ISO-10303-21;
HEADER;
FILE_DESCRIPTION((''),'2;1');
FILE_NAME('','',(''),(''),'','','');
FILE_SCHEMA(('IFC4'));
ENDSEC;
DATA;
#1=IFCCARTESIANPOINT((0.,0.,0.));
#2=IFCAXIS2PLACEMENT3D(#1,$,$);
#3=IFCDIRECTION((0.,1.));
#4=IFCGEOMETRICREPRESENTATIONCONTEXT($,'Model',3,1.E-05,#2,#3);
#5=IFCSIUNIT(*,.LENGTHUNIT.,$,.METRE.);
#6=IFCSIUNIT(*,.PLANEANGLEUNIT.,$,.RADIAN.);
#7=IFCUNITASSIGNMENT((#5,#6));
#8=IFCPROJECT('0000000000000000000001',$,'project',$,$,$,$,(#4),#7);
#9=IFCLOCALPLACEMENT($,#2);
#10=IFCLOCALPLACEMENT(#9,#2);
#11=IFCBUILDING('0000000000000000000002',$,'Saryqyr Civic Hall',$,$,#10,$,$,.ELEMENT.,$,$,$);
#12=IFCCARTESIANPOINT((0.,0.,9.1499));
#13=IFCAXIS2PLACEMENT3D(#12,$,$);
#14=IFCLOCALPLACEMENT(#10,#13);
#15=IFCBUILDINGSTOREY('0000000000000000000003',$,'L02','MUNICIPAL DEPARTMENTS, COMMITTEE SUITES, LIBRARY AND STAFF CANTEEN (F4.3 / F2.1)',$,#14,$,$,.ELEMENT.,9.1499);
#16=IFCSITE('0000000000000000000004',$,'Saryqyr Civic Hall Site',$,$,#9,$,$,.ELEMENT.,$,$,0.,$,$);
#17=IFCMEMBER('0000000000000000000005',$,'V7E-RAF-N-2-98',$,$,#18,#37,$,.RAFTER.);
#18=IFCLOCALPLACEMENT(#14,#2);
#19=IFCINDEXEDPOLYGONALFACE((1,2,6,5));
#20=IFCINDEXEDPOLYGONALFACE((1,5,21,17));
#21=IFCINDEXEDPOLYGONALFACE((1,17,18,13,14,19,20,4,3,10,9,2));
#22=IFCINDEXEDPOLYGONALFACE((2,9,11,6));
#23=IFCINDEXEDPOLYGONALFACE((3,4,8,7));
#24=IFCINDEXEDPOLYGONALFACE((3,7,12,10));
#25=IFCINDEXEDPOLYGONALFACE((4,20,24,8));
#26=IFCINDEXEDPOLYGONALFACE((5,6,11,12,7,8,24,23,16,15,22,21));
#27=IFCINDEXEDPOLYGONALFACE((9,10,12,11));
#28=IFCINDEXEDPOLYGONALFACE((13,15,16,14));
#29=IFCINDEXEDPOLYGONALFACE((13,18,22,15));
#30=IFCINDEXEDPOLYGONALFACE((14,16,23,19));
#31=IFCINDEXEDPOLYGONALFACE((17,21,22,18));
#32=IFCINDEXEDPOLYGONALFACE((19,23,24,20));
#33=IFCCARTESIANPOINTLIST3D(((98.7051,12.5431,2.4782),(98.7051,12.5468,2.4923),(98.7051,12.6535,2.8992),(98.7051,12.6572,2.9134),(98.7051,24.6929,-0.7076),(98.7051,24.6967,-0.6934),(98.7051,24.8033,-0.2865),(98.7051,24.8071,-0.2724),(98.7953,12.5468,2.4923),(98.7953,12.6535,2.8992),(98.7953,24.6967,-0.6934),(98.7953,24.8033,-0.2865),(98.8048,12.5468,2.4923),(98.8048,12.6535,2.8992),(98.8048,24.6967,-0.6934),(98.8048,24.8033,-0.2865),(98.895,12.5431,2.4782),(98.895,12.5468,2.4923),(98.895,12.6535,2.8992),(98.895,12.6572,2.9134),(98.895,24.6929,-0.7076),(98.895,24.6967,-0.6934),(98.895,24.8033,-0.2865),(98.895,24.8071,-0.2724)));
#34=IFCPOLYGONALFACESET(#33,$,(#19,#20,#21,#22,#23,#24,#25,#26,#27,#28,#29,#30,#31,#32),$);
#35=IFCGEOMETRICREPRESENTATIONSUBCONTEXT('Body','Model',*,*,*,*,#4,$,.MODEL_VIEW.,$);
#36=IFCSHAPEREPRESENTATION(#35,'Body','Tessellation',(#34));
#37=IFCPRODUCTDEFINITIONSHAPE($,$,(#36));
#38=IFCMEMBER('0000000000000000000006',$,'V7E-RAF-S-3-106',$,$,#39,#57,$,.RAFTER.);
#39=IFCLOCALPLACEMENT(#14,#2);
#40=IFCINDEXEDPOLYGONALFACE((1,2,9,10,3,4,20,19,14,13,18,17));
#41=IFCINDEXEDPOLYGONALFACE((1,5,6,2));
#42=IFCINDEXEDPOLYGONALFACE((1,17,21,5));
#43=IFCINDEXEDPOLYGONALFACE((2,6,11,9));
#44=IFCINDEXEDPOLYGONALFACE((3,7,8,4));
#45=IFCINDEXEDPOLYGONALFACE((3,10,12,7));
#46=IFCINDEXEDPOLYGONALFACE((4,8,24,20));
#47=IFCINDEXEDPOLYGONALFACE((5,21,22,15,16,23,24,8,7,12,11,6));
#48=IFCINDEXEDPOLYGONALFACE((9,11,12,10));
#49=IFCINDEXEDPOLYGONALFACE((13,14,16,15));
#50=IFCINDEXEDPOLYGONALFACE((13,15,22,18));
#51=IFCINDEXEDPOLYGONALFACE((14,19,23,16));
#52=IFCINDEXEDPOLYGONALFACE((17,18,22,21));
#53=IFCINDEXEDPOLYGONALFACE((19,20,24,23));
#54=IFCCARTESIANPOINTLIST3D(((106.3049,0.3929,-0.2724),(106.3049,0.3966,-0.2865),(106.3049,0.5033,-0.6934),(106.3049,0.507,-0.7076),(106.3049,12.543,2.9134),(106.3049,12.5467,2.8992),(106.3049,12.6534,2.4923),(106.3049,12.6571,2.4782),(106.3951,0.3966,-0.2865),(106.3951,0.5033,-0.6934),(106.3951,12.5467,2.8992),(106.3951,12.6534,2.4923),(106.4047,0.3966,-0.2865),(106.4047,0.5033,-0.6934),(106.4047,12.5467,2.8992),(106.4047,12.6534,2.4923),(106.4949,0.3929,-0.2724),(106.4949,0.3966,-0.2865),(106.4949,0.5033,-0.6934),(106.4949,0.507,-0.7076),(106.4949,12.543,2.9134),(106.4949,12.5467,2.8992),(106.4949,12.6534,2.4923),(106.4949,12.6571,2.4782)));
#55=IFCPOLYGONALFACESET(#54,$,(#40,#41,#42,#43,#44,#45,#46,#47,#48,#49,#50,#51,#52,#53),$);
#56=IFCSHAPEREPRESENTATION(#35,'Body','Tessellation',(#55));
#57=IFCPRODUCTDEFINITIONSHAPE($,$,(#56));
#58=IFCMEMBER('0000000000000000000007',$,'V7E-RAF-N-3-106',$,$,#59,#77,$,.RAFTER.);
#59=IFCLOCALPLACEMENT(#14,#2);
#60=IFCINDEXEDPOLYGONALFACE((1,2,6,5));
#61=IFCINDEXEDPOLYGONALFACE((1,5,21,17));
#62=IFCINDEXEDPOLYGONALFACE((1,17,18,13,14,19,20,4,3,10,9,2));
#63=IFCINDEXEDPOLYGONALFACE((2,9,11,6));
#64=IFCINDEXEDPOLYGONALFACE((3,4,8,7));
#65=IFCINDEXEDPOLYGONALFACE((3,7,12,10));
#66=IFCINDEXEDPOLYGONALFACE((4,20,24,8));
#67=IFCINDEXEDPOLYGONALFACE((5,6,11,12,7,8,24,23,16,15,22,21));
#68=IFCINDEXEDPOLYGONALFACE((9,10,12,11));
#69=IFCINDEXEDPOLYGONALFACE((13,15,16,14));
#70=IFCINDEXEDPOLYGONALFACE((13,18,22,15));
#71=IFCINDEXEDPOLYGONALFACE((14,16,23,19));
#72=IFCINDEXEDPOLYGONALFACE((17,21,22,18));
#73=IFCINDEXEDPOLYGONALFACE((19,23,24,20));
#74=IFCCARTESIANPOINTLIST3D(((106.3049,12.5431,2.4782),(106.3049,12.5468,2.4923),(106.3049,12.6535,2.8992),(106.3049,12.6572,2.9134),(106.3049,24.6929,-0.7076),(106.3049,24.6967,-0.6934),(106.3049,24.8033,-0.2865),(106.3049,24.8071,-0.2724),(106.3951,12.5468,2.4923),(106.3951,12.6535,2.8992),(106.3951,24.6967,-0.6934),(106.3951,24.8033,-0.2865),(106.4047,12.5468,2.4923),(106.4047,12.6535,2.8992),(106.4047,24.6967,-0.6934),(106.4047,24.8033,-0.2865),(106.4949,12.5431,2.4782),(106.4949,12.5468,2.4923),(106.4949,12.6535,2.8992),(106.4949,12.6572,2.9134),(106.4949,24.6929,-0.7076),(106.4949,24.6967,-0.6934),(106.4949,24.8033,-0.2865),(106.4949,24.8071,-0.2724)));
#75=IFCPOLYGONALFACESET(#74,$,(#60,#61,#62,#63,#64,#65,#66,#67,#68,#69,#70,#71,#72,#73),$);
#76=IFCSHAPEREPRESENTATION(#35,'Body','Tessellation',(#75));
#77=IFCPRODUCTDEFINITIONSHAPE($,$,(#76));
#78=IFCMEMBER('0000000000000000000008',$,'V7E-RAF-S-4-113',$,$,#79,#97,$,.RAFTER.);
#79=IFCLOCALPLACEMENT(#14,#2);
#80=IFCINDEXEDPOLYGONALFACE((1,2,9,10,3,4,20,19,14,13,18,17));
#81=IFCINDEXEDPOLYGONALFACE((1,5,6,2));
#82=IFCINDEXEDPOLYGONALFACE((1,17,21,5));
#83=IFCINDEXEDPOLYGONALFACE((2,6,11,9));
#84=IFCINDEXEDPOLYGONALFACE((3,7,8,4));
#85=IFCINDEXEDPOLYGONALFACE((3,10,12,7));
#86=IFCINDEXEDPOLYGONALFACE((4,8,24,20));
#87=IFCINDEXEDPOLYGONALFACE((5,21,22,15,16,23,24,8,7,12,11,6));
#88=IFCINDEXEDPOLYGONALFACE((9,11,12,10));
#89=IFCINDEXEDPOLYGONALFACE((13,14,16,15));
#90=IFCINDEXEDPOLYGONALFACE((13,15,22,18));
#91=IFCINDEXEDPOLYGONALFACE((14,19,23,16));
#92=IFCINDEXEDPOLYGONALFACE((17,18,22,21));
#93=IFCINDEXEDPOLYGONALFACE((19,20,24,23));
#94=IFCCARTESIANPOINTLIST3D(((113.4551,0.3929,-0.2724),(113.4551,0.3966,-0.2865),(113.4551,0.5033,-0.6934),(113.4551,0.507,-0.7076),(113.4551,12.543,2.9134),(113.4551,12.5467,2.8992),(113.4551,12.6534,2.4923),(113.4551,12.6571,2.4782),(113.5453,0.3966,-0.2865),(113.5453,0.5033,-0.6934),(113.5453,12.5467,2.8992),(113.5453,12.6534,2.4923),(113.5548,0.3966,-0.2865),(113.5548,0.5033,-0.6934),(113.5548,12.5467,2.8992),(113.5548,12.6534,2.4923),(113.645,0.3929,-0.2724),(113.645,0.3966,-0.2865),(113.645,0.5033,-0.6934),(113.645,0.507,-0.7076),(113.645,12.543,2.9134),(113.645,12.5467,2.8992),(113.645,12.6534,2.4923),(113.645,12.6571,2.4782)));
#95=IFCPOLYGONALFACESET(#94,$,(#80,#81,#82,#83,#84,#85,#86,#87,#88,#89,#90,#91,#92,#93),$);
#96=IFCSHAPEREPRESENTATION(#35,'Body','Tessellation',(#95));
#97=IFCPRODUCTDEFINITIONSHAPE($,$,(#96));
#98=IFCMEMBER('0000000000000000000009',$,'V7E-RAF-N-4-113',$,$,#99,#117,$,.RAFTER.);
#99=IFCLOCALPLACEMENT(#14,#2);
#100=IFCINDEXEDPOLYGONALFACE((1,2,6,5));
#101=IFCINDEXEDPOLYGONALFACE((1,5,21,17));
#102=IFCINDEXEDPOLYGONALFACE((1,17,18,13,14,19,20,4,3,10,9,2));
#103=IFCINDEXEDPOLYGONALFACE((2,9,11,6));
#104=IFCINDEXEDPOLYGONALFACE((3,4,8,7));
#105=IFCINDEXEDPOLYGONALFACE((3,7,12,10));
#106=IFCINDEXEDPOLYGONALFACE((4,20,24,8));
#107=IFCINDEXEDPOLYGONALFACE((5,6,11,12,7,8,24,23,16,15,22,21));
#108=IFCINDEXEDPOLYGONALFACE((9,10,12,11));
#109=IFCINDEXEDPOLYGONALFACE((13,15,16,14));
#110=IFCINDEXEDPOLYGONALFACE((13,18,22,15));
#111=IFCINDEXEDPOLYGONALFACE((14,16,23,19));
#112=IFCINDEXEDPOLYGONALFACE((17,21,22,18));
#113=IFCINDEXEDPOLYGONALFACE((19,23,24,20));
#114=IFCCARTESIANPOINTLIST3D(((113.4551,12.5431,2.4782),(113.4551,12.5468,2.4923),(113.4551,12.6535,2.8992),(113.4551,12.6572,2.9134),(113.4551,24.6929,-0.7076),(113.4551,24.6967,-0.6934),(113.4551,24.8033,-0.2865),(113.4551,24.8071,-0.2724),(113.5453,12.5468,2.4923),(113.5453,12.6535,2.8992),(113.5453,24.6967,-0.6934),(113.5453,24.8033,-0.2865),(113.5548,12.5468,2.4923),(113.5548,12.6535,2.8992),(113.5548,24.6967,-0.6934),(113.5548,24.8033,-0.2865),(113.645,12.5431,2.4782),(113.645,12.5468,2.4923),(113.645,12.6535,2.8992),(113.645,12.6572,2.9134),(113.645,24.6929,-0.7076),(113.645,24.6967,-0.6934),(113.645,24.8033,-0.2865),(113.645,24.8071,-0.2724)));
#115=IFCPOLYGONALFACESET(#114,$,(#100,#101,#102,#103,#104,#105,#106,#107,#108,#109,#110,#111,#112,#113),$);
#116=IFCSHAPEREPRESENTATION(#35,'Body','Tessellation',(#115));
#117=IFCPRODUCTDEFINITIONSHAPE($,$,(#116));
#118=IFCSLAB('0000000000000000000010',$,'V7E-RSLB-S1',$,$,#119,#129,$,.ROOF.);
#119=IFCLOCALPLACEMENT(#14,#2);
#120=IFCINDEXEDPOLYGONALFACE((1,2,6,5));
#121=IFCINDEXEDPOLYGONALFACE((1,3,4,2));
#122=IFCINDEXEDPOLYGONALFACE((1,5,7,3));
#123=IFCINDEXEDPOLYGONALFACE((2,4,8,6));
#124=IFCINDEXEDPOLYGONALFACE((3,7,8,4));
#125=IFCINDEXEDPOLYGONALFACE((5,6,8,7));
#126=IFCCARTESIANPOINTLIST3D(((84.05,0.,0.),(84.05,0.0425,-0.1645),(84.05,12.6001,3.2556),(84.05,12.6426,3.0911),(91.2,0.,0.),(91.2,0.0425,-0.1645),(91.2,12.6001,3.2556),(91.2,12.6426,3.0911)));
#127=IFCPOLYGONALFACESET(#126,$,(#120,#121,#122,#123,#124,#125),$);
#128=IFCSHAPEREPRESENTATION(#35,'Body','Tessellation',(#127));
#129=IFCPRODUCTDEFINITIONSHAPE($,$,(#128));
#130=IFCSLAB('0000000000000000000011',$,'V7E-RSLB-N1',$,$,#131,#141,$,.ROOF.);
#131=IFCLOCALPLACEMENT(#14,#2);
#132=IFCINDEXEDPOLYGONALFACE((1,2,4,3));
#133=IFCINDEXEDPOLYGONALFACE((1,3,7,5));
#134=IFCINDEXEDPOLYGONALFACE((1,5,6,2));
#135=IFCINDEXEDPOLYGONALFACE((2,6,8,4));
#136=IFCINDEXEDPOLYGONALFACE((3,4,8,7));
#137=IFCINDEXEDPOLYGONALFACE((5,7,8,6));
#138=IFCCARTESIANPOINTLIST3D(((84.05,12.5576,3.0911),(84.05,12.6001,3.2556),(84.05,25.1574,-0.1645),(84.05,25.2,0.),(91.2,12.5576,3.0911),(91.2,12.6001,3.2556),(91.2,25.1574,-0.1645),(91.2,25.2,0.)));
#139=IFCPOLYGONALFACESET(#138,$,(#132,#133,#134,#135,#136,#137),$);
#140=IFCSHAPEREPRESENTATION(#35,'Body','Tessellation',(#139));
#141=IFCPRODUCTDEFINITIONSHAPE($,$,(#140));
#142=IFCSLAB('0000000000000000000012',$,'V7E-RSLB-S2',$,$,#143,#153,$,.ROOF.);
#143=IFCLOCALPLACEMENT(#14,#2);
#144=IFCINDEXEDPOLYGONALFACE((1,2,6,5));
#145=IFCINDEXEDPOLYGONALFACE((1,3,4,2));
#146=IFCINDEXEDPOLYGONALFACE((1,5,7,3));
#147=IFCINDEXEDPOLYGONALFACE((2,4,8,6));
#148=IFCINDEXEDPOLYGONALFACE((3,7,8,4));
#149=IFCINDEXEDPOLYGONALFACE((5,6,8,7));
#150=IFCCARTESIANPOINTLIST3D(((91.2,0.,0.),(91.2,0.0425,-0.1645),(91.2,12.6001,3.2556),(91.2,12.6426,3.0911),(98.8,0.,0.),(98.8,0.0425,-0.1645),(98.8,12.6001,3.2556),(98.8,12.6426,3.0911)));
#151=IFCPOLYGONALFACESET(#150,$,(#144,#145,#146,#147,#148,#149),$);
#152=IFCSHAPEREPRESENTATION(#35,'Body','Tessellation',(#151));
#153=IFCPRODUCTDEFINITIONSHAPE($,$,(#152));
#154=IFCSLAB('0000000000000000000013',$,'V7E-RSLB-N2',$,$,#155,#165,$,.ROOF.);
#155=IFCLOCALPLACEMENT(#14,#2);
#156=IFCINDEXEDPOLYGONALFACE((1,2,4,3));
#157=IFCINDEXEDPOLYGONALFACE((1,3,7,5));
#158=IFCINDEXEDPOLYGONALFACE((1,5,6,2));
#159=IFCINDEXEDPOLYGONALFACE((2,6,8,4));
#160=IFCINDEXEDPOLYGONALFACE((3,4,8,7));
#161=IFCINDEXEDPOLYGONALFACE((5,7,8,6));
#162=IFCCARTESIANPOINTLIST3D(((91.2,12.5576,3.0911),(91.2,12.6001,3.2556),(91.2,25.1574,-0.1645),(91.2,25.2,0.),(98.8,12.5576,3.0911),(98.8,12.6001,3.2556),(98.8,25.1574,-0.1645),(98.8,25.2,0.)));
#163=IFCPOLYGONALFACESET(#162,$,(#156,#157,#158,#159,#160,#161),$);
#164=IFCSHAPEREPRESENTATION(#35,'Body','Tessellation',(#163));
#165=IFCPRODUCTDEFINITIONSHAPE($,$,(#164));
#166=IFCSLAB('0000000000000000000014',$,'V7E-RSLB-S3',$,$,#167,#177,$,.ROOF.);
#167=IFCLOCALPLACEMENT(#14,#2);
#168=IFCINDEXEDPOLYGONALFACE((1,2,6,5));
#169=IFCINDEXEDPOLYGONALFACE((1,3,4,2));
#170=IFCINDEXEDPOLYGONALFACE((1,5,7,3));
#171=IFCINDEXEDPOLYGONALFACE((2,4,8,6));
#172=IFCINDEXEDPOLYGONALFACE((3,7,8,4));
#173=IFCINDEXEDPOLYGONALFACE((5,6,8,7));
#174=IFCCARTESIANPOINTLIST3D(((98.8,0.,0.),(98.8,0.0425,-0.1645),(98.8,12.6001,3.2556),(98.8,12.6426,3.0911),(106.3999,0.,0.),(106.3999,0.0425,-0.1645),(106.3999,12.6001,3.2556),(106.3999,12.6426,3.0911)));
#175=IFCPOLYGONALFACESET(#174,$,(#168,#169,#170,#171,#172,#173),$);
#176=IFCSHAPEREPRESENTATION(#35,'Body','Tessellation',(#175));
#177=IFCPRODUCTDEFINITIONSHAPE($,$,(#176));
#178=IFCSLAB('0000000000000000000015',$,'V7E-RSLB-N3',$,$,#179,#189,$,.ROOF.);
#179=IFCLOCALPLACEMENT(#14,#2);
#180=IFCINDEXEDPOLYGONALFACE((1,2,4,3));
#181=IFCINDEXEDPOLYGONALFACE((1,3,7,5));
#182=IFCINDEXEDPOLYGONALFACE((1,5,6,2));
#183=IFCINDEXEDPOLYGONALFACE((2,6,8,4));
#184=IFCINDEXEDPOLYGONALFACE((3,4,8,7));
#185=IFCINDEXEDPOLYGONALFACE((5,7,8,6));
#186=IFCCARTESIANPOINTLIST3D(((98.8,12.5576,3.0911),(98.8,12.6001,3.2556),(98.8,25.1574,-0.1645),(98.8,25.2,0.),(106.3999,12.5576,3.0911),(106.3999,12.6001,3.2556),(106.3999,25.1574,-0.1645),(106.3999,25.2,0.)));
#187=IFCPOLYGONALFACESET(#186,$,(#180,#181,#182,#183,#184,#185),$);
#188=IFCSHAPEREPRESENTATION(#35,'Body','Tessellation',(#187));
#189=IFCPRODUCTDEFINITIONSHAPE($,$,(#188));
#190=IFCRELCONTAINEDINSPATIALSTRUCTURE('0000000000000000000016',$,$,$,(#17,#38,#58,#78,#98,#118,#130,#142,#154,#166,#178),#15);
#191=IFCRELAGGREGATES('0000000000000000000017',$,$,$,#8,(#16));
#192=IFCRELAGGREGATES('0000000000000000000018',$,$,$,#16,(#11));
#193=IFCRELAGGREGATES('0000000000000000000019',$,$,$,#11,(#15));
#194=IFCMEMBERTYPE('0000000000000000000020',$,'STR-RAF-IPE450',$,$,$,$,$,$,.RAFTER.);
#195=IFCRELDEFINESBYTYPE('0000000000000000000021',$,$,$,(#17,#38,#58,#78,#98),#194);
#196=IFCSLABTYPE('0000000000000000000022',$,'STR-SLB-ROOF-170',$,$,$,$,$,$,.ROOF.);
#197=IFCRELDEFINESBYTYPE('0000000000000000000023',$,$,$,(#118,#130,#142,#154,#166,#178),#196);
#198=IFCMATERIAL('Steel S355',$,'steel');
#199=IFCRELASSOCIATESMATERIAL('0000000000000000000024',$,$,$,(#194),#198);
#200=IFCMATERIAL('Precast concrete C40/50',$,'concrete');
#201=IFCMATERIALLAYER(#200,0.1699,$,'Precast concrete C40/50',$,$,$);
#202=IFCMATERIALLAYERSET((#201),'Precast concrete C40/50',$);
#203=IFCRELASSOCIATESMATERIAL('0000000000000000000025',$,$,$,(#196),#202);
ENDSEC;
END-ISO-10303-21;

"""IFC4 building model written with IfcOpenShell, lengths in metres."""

from ifc_helpers import new_model, si_unit, direction, frame, origin, origin_2d, place, context, subcontext, project, spatial, polyline, i_section, outline, extrude, material, layer, layer_set, material_profile, profile_set, type_object, element, save


model = new_model("IFC4")

# Units and contexts
model_context = context("Model", 3, precision=1e-05, world=origin(), true_north=direction((0.0, 1.0)))
body_context = subcontext(model_context, "Body", "Model", "MODEL_VIEW")
ifc_project = project(units=[si_unit("LENGTHUNIT", "METRE"), si_unit("PLANEANGLEUNIT", "RADIAN")], contexts=[model_context])

# Site, building, storey
site_placement = place(None, origin())
site = spatial("IfcSite", under=ifc_project, at=site_placement, Name="Saryqyr Civic Hall Site", CompositionType="ELEMENT", RefElevation=0.0)
building_placement = place(site_placement, origin())
building = spatial("IfcBuilding", under=site, at=building_placement, Name="Saryqyr Civic Hall", CompositionType="ELEMENT")
storey_placement = place(building_placement, frame((0.0, 0.0, 9.1499)))
storey = spatial("IfcBuildingStorey", under=building, at=storey_placement, Name="L02", Description="MUNICIPAL DEPARTMENTS, COMMITTEE SUITES, LIBRARY AND STAFF CANTEEN (F4.3 / F2.1)", CompositionType="ELEMENT", Elevation=9.1499)

# Members
ifc_material_1 = material(Name="Steel S355", Category="steel")
ifc_material_profile_1 = material_profile(ifc_material_1, i_section(OverallWidth=0.1899, OverallDepth=0.45, WebThickness=0.0095, FlangeThickness=0.0146, at=origin_2d()), Name="IPE 450")
ifc_profile_set_1 = profile_set([ifc_material_profile_1], Name="Steel S355")
member_type_1 = type_object("IfcMemberType", Name="STR-RAF-IPE450", PredefinedType="RAFTER", material=ifc_profile_set_1)
member_1_placement = place(storey_placement, frame((98.8, 24.75, -0.49), z_axis=(0.0, -0.9673, 0.253633), x_axis=(1.0, 0.0, 0.0)))
element("IfcMember", 1, at=member_1_placement, inside=storey, type_object=member_type_1, Name="V7E-RAF-N-2-98", PredefinedType="RAFTER", context=body_context, shape_type="SweptSolid", body=[
    extrude(i_section(OverallWidth=0.1899, OverallDepth=0.45, WebThickness=0.0095, FlangeThickness=0.0146, at=origin_2d()), origin(), (0.0, 0.0, 1.0), 12.5605),
])
member_2_placement = place(storey_placement, frame((106.3999, 0.45, -0.49), z_axis=(0.0, 0.967302, 0.253628), x_axis=(-1.0, 0.0, 0.0)))
element("IfcMember", 2, at=member_2_placement, inside=storey, type_object=member_type_1, Name="V7E-RAF-S-3-106", PredefinedType="RAFTER", context=body_context, shape_type="SweptSolid", body=[
    extrude(i_section(OverallWidth=0.1899, OverallDepth=0.45, WebThickness=0.0095, FlangeThickness=0.0146, at=origin_2d()), origin(), (0.0, 0.0, 1.0), 12.5608),
])
member_3_placement = place(storey_placement, frame((106.3999, 24.75, -0.49), z_axis=(0.0, -0.9673, 0.253633), x_axis=(1.0, 0.0, 0.0)))
element("IfcMember", 3, at=member_3_placement, inside=storey, type_object=member_type_1, Name="V7E-RAF-N-3-106", PredefinedType="RAFTER", context=body_context, shape_type="SweptSolid", body=[
    extrude(i_section(OverallWidth=0.1899, OverallDepth=0.45, WebThickness=0.0095, FlangeThickness=0.0146, at=origin_2d()), origin(), (0.0, 0.0, 1.0), 12.5605),
])
member_4_placement = place(storey_placement, frame((113.55, 0.45, -0.49), z_axis=(0.0, 0.967302, 0.253628), x_axis=(-1.0, 0.0, 0.0)))
element("IfcMember", 4, at=member_4_placement, inside=storey, type_object=member_type_1, Name="V7E-RAF-S-4-113", PredefinedType="RAFTER", context=body_context, shape_type="SweptSolid", body=[
    extrude(i_section(OverallWidth=0.1899, OverallDepth=0.45, WebThickness=0.0095, FlangeThickness=0.0146, at=origin_2d()), origin(), (0.0, 0.0, 1.0), 12.5608),
])
member_5_placement = place(storey_placement, frame((113.55, 24.75, -0.49), z_axis=(0.0, -0.9673, 0.253633), x_axis=(1.0, 0.0, 0.0)))
element("IfcMember", 5, at=member_5_placement, inside=storey, type_object=member_type_1, Name="V7E-RAF-N-4-113", PredefinedType="RAFTER", context=body_context, shape_type="SweptSolid", body=[
    extrude(i_section(OverallWidth=0.1899, OverallDepth=0.45, WebThickness=0.0095, FlangeThickness=0.0146, at=origin_2d()), origin(), (0.0, 0.0, 1.0), 12.5605),
])

# Slabs
ifc_material_2 = material(Name="Precast concrete C40/50", Category="concrete")
ifc_layer_1 = layer(ifc_material_2, 0.1699, Name="Precast concrete C40/50")
ifc_layer_set_1 = layer_set([ifc_layer_1], Name="Precast concrete C40/50")
slab_type = type_object("IfcSlabType", Name="STR-SLB-ROOF-170", PredefinedType="ROOF", material=ifc_layer_set_1)
slab_1_placement = place(storey_placement, frame((84.05, 0.0, 0.0), z_axis=(0.0, -0.250165, 0.968203), x_axis=(1.0, 0.0, 0.0)))
element("IfcSlab", 6, at=slab_1_placement, inside=storey, type_object=slab_type, Name="V7E-RSLB-S1", PredefinedType="ROOF", context=body_context, shape_type="SweptSolid", body=[
    extrude(outline(polyline([(0.0, 0.0), (7.1499, 0.0), (7.1499, 13.0139), (0.0, 13.0139), (0.0, 0.0)])), origin(), (0.0, 0.0, -1.0), 0.1699),
])
slab_2_placement = place(storey_placement, frame((91.2, 25.2, 0.0), z_axis=(0.0, 0.250169, 0.968202), x_axis=(-1.0, 0.0, 0.0)))
element("IfcSlab", 7, at=slab_2_placement, inside=storey, type_object=slab_type, Name="V7E-RSLB-N1", PredefinedType="ROOF", context=body_context, shape_type="SweptSolid", body=[
    extrude(outline(polyline([(0.0, 0.0), (7.1499, 0.0), (7.1499, 13.0137), (0.0, 13.0137), (0.0, 0.0)])), origin(), (0.0, 0.0, -1.0), 0.1699),
])
slab_3_placement = place(storey_placement, frame((91.2, 0.0, 0.0), z_axis=(0.0, -0.250165, 0.968203), x_axis=(1.0, 0.0, 0.0)))
element("IfcSlab", 8, at=slab_3_placement, inside=storey, type_object=slab_type, Name="V7E-RSLB-S2", PredefinedType="ROOF", context=body_context, shape_type="SweptSolid", body=[
    extrude(outline(polyline([(0.0, 0.0), (7.6001, 0.0), (7.6001, 13.0139), (0.0, 13.0139), (0.0, 0.0)])), origin(), (0.0, 0.0, -1.0), 0.1699),
])
slab_4_placement = place(storey_placement, frame((98.8, 25.2, 0.0), z_axis=(0.0, 0.250169, 0.968202), x_axis=(-1.0, 0.0, 0.0)))
element("IfcSlab", 9, at=slab_4_placement, inside=storey, type_object=slab_type, Name="V7E-RSLB-N2", PredefinedType="ROOF", context=body_context, shape_type="SweptSolid", body=[
    extrude(outline(polyline([(0.0, 0.0), (7.6001, 0.0), (7.6001, 13.0137), (0.0, 13.0137), (0.0, 0.0)])), origin(), (0.0, 0.0, -1.0), 0.1699),
])
slab_5_placement = place(storey_placement, frame((98.8, 0.0, 0.0), z_axis=(0.0, -0.250165, 0.968203), x_axis=(1.0, 0.0, 0.0)))
element("IfcSlab", 10, at=slab_5_placement, inside=storey, type_object=slab_type, Name="V7E-RSLB-S3", PredefinedType="ROOF", context=body_context, shape_type="SweptSolid", body=[
    extrude(outline(polyline([(0.0, 0.0), (7.5999, 0.0), (7.5999, 13.0139), (0.0, 13.0139), (0.0, 0.0)])), origin(), (0.0, 0.0, -1.0), 0.1699),
])
slab_6_placement = place(storey_placement, frame((106.3999, 25.2, 0.0), z_axis=(0.0, 0.250169, 0.968202), x_axis=(-1.0, 0.0, 0.0)))
element("IfcSlab", 11, at=slab_6_placement, inside=storey, type_object=slab_type, Name="V7E-RSLB-N3", PredefinedType="ROOF", context=body_context, shape_type="SweptSolid", body=[
    extrude(outline(polyline([(0.0, 0.0), (7.5999, 0.0), (7.5999, 13.0137), (0.0, 13.0137), (0.0, 0.0)])), origin(), (0.0, 0.0, -1.0), 0.1699),
])

save(model, "model.ifc")
